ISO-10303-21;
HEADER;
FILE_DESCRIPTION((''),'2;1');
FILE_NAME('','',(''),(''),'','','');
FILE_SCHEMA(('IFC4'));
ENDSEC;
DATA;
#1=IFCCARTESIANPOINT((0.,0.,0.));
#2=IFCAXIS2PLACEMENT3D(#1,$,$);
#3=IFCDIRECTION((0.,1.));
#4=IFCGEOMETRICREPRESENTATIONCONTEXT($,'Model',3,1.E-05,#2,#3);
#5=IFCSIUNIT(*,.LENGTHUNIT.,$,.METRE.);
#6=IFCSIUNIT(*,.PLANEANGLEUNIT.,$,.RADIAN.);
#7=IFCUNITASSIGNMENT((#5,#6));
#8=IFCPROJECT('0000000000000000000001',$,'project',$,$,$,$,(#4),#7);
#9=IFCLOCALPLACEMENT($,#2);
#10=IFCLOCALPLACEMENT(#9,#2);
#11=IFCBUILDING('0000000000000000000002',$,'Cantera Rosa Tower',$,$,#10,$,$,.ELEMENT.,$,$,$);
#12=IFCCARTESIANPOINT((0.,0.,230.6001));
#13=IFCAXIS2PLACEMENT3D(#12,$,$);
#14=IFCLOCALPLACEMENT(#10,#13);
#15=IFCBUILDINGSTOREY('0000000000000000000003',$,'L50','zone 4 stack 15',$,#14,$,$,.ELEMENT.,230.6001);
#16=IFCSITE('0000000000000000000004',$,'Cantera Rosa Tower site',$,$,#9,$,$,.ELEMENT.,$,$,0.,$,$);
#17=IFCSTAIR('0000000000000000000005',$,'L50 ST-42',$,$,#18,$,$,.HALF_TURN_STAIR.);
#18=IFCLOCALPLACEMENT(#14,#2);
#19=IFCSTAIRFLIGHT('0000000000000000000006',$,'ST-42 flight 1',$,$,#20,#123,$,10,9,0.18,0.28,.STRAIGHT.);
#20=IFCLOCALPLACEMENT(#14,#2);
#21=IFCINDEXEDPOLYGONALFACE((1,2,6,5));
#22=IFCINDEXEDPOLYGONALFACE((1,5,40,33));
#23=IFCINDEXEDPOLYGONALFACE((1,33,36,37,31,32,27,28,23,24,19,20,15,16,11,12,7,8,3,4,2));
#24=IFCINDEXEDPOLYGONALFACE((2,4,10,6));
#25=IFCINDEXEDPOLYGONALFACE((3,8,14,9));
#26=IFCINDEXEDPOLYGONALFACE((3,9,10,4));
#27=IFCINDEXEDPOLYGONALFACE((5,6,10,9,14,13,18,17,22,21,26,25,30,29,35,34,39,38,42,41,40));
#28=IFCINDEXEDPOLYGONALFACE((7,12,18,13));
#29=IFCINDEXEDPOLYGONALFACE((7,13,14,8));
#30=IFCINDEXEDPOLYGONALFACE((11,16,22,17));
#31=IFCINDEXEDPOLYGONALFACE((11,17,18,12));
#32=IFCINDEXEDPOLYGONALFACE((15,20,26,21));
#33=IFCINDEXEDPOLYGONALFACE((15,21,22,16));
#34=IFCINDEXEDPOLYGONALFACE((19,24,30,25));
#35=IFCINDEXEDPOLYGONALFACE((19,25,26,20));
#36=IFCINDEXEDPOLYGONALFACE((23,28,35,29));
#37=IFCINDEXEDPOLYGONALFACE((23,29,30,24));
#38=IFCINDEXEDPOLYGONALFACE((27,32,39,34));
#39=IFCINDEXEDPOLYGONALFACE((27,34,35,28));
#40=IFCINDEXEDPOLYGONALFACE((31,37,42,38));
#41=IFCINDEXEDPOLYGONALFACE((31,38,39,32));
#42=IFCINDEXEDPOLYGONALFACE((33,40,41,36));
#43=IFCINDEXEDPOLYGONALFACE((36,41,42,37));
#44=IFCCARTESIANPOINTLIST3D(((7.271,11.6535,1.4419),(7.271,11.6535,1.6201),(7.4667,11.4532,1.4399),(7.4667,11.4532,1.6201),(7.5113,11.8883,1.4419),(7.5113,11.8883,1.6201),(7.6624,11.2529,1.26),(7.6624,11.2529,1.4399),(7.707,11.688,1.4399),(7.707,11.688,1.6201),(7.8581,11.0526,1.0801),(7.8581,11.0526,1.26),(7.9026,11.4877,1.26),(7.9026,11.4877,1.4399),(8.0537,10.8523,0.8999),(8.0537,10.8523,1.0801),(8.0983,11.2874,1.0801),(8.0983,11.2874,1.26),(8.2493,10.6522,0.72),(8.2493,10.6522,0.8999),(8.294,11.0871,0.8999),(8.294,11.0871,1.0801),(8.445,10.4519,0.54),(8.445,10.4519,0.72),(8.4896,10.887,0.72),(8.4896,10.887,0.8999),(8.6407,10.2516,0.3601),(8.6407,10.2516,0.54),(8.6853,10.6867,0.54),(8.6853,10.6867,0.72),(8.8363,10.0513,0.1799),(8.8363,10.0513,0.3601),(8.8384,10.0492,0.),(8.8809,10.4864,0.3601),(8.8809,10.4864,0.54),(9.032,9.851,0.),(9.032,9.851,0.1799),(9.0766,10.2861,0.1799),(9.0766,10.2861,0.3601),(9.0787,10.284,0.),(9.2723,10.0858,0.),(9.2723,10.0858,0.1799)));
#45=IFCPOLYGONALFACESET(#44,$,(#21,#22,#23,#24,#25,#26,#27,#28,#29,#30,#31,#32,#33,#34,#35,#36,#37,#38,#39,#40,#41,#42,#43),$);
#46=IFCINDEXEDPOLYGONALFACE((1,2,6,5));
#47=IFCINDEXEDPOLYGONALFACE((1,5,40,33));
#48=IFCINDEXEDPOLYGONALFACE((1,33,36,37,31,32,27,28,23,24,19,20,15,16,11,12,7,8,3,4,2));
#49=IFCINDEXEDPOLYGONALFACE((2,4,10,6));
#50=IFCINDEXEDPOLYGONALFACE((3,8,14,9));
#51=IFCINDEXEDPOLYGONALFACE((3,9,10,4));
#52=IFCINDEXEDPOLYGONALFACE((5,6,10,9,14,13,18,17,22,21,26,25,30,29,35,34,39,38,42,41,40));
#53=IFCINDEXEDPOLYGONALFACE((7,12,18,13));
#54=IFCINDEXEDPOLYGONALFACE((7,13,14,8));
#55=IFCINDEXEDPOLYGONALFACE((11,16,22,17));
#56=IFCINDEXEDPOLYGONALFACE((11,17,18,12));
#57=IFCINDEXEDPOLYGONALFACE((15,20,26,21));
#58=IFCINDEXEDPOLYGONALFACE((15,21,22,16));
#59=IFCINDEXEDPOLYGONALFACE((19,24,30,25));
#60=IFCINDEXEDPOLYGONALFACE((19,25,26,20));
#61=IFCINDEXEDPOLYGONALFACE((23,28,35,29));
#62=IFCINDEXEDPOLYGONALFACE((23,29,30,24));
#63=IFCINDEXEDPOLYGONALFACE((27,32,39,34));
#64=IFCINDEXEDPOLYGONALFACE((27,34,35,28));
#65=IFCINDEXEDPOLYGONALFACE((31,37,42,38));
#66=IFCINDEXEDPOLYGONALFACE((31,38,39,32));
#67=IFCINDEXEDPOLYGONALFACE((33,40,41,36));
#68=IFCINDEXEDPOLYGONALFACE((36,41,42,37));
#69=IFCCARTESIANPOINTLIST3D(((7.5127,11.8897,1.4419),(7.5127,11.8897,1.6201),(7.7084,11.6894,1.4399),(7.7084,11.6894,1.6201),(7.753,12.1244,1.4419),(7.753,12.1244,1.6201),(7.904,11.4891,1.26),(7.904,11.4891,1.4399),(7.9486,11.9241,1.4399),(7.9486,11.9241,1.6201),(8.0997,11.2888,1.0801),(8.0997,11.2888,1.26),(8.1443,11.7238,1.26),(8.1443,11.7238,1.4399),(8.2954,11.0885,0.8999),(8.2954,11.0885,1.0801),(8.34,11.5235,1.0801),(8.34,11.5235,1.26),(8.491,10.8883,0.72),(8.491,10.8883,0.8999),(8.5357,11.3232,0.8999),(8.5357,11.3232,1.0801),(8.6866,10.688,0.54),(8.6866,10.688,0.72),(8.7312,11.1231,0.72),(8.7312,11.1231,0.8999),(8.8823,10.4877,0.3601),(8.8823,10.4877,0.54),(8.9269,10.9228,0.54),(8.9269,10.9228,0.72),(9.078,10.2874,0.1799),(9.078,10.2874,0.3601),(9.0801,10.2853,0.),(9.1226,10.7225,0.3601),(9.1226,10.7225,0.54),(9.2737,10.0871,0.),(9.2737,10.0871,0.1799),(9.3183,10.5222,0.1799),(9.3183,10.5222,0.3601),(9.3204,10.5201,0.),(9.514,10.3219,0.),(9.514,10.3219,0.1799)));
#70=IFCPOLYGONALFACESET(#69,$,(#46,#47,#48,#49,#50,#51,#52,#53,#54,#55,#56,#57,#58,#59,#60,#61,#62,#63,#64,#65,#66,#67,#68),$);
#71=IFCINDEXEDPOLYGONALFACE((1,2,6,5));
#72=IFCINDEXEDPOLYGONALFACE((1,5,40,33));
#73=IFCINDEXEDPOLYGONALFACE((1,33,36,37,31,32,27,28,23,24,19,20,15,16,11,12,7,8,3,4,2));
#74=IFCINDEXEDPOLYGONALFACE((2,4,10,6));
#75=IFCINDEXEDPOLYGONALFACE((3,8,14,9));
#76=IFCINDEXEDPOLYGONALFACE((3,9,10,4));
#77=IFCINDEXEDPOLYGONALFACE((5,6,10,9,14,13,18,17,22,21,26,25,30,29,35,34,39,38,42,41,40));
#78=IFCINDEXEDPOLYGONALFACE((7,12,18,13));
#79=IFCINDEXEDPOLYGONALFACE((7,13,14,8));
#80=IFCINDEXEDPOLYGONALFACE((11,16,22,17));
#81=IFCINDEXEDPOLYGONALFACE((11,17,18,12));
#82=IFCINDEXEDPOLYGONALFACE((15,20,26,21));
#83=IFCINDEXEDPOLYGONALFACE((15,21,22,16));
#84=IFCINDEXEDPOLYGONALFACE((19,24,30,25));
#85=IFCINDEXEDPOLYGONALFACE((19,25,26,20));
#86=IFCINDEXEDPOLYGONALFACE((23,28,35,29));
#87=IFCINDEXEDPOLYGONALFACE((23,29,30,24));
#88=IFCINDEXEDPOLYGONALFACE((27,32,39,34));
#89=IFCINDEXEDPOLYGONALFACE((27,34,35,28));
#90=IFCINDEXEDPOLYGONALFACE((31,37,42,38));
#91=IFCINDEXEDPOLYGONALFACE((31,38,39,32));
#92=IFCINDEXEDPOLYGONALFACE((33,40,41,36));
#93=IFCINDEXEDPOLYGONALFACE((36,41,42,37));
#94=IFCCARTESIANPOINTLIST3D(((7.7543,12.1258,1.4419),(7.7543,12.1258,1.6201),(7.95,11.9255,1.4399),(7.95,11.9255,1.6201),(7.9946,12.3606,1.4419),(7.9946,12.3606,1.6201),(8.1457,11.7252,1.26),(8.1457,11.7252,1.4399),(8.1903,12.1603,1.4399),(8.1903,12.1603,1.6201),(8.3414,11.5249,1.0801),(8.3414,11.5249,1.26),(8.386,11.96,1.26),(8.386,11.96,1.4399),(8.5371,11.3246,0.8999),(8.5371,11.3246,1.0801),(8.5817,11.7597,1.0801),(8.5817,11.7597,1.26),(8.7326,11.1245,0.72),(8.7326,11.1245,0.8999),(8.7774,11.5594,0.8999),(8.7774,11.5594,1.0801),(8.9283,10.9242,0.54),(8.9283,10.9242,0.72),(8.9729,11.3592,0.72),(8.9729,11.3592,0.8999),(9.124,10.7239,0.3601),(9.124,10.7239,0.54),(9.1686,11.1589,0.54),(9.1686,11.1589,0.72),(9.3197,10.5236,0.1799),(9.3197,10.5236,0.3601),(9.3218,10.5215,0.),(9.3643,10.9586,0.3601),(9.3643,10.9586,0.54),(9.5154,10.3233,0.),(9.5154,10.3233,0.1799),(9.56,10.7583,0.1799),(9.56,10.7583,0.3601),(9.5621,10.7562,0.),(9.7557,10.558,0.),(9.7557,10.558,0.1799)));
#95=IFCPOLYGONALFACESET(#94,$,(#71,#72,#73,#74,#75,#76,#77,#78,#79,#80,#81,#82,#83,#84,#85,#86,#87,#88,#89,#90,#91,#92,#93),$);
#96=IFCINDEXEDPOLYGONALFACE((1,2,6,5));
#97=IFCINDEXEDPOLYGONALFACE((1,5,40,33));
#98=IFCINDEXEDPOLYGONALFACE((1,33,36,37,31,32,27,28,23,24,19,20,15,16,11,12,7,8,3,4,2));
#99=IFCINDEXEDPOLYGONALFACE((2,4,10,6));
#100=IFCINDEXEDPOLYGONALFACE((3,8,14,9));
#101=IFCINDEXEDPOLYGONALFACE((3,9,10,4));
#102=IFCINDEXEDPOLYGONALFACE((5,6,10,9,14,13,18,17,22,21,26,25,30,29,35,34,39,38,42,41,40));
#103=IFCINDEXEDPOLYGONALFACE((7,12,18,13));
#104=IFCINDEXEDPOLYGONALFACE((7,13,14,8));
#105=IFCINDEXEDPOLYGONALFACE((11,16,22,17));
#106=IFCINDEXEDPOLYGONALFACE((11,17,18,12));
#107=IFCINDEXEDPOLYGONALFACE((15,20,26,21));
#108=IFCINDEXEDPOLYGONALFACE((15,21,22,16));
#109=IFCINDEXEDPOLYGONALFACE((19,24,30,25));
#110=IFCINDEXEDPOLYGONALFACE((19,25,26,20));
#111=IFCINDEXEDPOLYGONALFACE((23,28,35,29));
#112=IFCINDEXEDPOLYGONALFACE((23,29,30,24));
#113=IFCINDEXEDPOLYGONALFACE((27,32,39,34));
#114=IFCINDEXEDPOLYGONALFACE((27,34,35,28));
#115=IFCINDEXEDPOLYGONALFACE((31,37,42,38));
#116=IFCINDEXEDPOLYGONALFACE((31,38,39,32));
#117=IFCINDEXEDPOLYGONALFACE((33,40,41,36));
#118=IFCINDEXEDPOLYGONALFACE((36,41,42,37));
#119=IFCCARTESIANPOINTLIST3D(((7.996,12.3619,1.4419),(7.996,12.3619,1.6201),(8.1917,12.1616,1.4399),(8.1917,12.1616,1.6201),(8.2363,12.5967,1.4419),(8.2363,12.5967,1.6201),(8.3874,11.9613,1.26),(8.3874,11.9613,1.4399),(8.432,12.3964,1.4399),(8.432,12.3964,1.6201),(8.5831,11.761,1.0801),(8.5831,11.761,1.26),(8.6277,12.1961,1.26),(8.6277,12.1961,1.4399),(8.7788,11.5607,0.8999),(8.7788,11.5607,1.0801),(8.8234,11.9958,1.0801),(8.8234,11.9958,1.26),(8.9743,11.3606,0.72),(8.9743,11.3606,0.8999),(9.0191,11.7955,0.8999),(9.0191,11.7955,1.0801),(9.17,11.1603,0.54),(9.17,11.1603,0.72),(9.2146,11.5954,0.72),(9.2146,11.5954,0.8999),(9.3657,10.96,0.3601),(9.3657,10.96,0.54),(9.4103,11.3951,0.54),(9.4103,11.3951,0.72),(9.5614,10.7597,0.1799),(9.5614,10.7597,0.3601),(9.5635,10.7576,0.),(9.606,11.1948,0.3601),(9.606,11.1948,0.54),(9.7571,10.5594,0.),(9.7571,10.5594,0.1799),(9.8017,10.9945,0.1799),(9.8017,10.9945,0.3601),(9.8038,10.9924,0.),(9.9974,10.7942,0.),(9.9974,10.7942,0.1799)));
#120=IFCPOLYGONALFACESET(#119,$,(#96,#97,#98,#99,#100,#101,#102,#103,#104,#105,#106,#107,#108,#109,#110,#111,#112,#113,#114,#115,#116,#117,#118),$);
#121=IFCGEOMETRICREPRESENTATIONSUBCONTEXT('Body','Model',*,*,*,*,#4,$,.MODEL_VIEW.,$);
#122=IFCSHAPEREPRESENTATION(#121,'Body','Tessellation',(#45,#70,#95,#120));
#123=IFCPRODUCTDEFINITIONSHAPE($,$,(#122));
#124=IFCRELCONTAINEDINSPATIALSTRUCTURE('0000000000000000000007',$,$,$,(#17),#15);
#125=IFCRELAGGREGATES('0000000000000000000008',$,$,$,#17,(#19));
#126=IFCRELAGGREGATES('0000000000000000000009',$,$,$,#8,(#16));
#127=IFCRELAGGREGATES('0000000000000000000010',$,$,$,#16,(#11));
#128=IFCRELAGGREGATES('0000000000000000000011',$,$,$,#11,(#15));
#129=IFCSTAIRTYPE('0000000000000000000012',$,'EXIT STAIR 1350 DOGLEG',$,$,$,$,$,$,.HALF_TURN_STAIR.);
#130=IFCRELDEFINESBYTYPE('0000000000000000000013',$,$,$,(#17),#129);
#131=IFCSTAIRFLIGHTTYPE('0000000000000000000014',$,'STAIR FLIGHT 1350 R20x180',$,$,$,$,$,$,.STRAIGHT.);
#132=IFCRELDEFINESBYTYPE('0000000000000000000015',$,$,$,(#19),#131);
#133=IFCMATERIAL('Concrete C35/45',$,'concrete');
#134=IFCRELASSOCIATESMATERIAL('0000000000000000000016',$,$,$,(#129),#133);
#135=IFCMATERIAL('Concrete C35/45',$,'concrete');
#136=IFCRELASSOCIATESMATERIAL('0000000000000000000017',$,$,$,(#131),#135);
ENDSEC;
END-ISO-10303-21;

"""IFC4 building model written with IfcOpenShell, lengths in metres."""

from ifc_helpers import new_model, si_unit, direction, frame, origin, place, context, subcontext, project, spatial, polyline, outline, extrude, material, type_object, element, aggregate, save


model = new_model("IFC4")

# Units and contexts
model_context = context("Model", 3, precision=1e-05, world=origin(), true_north=direction((0.0, 1.0)))
body_context = subcontext(model_context, "Body", "Model", "MODEL_VIEW")
ifc_project = project(units=[si_unit("LENGTHUNIT", "METRE"), si_unit("PLANEANGLEUNIT", "RADIAN")], contexts=[model_context])

# Site, building, storey
site_placement = place(None, origin())
site = spatial("IfcSite", under=ifc_project, at=site_placement, Name="Cantera Rosa Tower site", CompositionType="ELEMENT", RefElevation=0.0)
building_placement = place(site_placement, origin())
building = spatial("IfcBuilding", under=site, at=building_placement, Name="Cantera Rosa Tower", CompositionType="ELEMENT")
storey_placement = place(building_placement, frame((0.0, 0.0, 230.6001)))
storey = spatial("IfcBuildingStorey", under=building, at=storey_placement, Name="L50", Description="zone 4 stack 15", CompositionType="ELEMENT", Elevation=230.6001)

# Shared definitions
ifc_material_1 = material(Name="Concrete C35/45", Category="concrete")
stair_type = type_object("IfcStairType", Name="EXIT STAIR 1350 DOGLEG", PredefinedType="HALF_TURN_STAIR", material=ifc_material_1)
ifc_material_2 = material(Name="Concrete C35/45", Category="concrete")
stair_flight_type = type_object("IfcStairFlightType", Name="STAIR FLIGHT 1350 R20x180", PredefinedType="STRAIGHT", material=ifc_material_2)

# Stair, stair flight
stair_1_placement = place(storey_placement, origin())
stair_1 = element("IfcStair", 1, at=stair_1_placement, inside=storey, type_object=stair_type, Name="L50 ST-42", PredefinedType="HALF_TURN_STAIR")
stair_flight_1_placement = place(storey_placement, frame((9.5149, 10.3228, 0.0), z_axis=(0.0, 0.0, 1.0), x_axis=(-0.698832, 0.715286, 0.0)))
stair_flight_1 = element("IfcStairFlight", 2, at=stair_flight_1_placement, type_object=stair_flight_type, Name="ST-42 flight 1", NumberOfRisers=10, NumberOfTreads=9, PredefinedType="STRAIGHT", RiserHeight=0.18, TreadLength=0.28, context=body_context, shape_type="SweptSolid", body=[
    extrude(outline(polyline([(0.0, 0.0), (0.0, 0.1799), (0.28, 0.1799), (0.28, 0.3601), (0.5601, 0.3601), (0.5601, 0.54), (0.8401, 0.54), (0.8401, 0.72), (1.1201, 0.72), (1.1201, 0.8999), (1.3999, 0.8999), (1.3999, 1.0801), (1.6799, 1.0801), (1.6799, 1.26), (1.96, 1.26), (1.96, 1.4399), (2.24, 1.4399), (2.24, 1.6201), (2.52, 1.6201), (2.52, 1.8), (2.52, 1.4419), (0.2771, 0.0), (0.0, 0.0)])), frame((0.0, 0.675, 0.0), z_axis=(0.0, -1.0, 0.0), x_axis=(1.0, 0.0, 0.0)), (0.0, 0.0, 1.0), 0.3359),
    extrude(outline(polyline([(0.0, 0.0), (0.0, 0.1799), (0.28, 0.1799), (0.28, 0.3601), (0.5601, 0.3601), (0.5601, 0.54), (0.8401, 0.54), (0.8401, 0.72), (1.1201, 0.72), (1.1201, 0.8999), (1.3999, 0.8999), (1.3999, 1.0801), (1.6799, 1.0801), (1.6799, 1.26), (1.96, 1.26), (1.96, 1.4399), (2.24, 1.4399), (2.24, 1.6201), (2.52, 1.6201), (2.52, 1.8), (2.52, 1.4419), (0.2771, 0.0), (0.0, 0.0)])), frame((0.0, 0.3372, 0.0), z_axis=(0.0, -1.0, 0.0), x_axis=(1.0, 0.0, 0.0)), (0.0, 0.0, 1.0), 0.3359),
    extrude(outline(polyline([(0.0, 0.0), (0.0, 0.1799), (0.28, 0.1799), (0.28, 0.3601), (0.5601, 0.3601), (0.5601, 0.54), (0.8401, 0.54), (0.8401, 0.72), (1.1201, 0.72), (1.1201, 0.8999), (1.3999, 0.8999), (1.3999, 1.0801), (1.6799, 1.0801), (1.6799, 1.26), (1.96, 1.26), (1.96, 1.4399), (2.24, 1.4399), (2.24, 1.6201), (2.52, 1.6201), (2.52, 1.8), (2.52, 1.4419), (0.2771, 0.0), (0.0, 0.0)])), frame((0.0, -0.0007, 0.0), z_axis=(0.0, -1.0, 0.0), x_axis=(1.0, 0.0, 0.0)), (0.0, 0.0, 1.0), 0.3359),
    extrude(outline(polyline([(0.0, 0.0), (0.0, 0.1799), (0.28, 0.1799), (0.28, 0.3601), (0.5601, 0.3601), (0.5601, 0.54), (0.8401, 0.54), (0.8401, 0.72), (1.1201, 0.72), (1.1201, 0.8999), (1.3999, 0.8999), (1.3999, 1.0801), (1.6799, 1.0801), (1.6799, 1.26), (1.96, 1.26), (1.96, 1.4399), (2.24, 1.4399), (2.24, 1.6201), (2.52, 1.6201), (2.52, 1.8), (2.52, 1.4419), (0.2771, 0.0), (0.0, 0.0)])), frame((0.0, -0.3386, 0.0), z_axis=(0.0, -1.0, 0.0), x_axis=(1.0, 0.0, 0.0)), (0.0, 0.0, 1.0), 0.3359),
])
aggregate(stair_1, [stair_flight_1])

save(model, "model.ifc")
